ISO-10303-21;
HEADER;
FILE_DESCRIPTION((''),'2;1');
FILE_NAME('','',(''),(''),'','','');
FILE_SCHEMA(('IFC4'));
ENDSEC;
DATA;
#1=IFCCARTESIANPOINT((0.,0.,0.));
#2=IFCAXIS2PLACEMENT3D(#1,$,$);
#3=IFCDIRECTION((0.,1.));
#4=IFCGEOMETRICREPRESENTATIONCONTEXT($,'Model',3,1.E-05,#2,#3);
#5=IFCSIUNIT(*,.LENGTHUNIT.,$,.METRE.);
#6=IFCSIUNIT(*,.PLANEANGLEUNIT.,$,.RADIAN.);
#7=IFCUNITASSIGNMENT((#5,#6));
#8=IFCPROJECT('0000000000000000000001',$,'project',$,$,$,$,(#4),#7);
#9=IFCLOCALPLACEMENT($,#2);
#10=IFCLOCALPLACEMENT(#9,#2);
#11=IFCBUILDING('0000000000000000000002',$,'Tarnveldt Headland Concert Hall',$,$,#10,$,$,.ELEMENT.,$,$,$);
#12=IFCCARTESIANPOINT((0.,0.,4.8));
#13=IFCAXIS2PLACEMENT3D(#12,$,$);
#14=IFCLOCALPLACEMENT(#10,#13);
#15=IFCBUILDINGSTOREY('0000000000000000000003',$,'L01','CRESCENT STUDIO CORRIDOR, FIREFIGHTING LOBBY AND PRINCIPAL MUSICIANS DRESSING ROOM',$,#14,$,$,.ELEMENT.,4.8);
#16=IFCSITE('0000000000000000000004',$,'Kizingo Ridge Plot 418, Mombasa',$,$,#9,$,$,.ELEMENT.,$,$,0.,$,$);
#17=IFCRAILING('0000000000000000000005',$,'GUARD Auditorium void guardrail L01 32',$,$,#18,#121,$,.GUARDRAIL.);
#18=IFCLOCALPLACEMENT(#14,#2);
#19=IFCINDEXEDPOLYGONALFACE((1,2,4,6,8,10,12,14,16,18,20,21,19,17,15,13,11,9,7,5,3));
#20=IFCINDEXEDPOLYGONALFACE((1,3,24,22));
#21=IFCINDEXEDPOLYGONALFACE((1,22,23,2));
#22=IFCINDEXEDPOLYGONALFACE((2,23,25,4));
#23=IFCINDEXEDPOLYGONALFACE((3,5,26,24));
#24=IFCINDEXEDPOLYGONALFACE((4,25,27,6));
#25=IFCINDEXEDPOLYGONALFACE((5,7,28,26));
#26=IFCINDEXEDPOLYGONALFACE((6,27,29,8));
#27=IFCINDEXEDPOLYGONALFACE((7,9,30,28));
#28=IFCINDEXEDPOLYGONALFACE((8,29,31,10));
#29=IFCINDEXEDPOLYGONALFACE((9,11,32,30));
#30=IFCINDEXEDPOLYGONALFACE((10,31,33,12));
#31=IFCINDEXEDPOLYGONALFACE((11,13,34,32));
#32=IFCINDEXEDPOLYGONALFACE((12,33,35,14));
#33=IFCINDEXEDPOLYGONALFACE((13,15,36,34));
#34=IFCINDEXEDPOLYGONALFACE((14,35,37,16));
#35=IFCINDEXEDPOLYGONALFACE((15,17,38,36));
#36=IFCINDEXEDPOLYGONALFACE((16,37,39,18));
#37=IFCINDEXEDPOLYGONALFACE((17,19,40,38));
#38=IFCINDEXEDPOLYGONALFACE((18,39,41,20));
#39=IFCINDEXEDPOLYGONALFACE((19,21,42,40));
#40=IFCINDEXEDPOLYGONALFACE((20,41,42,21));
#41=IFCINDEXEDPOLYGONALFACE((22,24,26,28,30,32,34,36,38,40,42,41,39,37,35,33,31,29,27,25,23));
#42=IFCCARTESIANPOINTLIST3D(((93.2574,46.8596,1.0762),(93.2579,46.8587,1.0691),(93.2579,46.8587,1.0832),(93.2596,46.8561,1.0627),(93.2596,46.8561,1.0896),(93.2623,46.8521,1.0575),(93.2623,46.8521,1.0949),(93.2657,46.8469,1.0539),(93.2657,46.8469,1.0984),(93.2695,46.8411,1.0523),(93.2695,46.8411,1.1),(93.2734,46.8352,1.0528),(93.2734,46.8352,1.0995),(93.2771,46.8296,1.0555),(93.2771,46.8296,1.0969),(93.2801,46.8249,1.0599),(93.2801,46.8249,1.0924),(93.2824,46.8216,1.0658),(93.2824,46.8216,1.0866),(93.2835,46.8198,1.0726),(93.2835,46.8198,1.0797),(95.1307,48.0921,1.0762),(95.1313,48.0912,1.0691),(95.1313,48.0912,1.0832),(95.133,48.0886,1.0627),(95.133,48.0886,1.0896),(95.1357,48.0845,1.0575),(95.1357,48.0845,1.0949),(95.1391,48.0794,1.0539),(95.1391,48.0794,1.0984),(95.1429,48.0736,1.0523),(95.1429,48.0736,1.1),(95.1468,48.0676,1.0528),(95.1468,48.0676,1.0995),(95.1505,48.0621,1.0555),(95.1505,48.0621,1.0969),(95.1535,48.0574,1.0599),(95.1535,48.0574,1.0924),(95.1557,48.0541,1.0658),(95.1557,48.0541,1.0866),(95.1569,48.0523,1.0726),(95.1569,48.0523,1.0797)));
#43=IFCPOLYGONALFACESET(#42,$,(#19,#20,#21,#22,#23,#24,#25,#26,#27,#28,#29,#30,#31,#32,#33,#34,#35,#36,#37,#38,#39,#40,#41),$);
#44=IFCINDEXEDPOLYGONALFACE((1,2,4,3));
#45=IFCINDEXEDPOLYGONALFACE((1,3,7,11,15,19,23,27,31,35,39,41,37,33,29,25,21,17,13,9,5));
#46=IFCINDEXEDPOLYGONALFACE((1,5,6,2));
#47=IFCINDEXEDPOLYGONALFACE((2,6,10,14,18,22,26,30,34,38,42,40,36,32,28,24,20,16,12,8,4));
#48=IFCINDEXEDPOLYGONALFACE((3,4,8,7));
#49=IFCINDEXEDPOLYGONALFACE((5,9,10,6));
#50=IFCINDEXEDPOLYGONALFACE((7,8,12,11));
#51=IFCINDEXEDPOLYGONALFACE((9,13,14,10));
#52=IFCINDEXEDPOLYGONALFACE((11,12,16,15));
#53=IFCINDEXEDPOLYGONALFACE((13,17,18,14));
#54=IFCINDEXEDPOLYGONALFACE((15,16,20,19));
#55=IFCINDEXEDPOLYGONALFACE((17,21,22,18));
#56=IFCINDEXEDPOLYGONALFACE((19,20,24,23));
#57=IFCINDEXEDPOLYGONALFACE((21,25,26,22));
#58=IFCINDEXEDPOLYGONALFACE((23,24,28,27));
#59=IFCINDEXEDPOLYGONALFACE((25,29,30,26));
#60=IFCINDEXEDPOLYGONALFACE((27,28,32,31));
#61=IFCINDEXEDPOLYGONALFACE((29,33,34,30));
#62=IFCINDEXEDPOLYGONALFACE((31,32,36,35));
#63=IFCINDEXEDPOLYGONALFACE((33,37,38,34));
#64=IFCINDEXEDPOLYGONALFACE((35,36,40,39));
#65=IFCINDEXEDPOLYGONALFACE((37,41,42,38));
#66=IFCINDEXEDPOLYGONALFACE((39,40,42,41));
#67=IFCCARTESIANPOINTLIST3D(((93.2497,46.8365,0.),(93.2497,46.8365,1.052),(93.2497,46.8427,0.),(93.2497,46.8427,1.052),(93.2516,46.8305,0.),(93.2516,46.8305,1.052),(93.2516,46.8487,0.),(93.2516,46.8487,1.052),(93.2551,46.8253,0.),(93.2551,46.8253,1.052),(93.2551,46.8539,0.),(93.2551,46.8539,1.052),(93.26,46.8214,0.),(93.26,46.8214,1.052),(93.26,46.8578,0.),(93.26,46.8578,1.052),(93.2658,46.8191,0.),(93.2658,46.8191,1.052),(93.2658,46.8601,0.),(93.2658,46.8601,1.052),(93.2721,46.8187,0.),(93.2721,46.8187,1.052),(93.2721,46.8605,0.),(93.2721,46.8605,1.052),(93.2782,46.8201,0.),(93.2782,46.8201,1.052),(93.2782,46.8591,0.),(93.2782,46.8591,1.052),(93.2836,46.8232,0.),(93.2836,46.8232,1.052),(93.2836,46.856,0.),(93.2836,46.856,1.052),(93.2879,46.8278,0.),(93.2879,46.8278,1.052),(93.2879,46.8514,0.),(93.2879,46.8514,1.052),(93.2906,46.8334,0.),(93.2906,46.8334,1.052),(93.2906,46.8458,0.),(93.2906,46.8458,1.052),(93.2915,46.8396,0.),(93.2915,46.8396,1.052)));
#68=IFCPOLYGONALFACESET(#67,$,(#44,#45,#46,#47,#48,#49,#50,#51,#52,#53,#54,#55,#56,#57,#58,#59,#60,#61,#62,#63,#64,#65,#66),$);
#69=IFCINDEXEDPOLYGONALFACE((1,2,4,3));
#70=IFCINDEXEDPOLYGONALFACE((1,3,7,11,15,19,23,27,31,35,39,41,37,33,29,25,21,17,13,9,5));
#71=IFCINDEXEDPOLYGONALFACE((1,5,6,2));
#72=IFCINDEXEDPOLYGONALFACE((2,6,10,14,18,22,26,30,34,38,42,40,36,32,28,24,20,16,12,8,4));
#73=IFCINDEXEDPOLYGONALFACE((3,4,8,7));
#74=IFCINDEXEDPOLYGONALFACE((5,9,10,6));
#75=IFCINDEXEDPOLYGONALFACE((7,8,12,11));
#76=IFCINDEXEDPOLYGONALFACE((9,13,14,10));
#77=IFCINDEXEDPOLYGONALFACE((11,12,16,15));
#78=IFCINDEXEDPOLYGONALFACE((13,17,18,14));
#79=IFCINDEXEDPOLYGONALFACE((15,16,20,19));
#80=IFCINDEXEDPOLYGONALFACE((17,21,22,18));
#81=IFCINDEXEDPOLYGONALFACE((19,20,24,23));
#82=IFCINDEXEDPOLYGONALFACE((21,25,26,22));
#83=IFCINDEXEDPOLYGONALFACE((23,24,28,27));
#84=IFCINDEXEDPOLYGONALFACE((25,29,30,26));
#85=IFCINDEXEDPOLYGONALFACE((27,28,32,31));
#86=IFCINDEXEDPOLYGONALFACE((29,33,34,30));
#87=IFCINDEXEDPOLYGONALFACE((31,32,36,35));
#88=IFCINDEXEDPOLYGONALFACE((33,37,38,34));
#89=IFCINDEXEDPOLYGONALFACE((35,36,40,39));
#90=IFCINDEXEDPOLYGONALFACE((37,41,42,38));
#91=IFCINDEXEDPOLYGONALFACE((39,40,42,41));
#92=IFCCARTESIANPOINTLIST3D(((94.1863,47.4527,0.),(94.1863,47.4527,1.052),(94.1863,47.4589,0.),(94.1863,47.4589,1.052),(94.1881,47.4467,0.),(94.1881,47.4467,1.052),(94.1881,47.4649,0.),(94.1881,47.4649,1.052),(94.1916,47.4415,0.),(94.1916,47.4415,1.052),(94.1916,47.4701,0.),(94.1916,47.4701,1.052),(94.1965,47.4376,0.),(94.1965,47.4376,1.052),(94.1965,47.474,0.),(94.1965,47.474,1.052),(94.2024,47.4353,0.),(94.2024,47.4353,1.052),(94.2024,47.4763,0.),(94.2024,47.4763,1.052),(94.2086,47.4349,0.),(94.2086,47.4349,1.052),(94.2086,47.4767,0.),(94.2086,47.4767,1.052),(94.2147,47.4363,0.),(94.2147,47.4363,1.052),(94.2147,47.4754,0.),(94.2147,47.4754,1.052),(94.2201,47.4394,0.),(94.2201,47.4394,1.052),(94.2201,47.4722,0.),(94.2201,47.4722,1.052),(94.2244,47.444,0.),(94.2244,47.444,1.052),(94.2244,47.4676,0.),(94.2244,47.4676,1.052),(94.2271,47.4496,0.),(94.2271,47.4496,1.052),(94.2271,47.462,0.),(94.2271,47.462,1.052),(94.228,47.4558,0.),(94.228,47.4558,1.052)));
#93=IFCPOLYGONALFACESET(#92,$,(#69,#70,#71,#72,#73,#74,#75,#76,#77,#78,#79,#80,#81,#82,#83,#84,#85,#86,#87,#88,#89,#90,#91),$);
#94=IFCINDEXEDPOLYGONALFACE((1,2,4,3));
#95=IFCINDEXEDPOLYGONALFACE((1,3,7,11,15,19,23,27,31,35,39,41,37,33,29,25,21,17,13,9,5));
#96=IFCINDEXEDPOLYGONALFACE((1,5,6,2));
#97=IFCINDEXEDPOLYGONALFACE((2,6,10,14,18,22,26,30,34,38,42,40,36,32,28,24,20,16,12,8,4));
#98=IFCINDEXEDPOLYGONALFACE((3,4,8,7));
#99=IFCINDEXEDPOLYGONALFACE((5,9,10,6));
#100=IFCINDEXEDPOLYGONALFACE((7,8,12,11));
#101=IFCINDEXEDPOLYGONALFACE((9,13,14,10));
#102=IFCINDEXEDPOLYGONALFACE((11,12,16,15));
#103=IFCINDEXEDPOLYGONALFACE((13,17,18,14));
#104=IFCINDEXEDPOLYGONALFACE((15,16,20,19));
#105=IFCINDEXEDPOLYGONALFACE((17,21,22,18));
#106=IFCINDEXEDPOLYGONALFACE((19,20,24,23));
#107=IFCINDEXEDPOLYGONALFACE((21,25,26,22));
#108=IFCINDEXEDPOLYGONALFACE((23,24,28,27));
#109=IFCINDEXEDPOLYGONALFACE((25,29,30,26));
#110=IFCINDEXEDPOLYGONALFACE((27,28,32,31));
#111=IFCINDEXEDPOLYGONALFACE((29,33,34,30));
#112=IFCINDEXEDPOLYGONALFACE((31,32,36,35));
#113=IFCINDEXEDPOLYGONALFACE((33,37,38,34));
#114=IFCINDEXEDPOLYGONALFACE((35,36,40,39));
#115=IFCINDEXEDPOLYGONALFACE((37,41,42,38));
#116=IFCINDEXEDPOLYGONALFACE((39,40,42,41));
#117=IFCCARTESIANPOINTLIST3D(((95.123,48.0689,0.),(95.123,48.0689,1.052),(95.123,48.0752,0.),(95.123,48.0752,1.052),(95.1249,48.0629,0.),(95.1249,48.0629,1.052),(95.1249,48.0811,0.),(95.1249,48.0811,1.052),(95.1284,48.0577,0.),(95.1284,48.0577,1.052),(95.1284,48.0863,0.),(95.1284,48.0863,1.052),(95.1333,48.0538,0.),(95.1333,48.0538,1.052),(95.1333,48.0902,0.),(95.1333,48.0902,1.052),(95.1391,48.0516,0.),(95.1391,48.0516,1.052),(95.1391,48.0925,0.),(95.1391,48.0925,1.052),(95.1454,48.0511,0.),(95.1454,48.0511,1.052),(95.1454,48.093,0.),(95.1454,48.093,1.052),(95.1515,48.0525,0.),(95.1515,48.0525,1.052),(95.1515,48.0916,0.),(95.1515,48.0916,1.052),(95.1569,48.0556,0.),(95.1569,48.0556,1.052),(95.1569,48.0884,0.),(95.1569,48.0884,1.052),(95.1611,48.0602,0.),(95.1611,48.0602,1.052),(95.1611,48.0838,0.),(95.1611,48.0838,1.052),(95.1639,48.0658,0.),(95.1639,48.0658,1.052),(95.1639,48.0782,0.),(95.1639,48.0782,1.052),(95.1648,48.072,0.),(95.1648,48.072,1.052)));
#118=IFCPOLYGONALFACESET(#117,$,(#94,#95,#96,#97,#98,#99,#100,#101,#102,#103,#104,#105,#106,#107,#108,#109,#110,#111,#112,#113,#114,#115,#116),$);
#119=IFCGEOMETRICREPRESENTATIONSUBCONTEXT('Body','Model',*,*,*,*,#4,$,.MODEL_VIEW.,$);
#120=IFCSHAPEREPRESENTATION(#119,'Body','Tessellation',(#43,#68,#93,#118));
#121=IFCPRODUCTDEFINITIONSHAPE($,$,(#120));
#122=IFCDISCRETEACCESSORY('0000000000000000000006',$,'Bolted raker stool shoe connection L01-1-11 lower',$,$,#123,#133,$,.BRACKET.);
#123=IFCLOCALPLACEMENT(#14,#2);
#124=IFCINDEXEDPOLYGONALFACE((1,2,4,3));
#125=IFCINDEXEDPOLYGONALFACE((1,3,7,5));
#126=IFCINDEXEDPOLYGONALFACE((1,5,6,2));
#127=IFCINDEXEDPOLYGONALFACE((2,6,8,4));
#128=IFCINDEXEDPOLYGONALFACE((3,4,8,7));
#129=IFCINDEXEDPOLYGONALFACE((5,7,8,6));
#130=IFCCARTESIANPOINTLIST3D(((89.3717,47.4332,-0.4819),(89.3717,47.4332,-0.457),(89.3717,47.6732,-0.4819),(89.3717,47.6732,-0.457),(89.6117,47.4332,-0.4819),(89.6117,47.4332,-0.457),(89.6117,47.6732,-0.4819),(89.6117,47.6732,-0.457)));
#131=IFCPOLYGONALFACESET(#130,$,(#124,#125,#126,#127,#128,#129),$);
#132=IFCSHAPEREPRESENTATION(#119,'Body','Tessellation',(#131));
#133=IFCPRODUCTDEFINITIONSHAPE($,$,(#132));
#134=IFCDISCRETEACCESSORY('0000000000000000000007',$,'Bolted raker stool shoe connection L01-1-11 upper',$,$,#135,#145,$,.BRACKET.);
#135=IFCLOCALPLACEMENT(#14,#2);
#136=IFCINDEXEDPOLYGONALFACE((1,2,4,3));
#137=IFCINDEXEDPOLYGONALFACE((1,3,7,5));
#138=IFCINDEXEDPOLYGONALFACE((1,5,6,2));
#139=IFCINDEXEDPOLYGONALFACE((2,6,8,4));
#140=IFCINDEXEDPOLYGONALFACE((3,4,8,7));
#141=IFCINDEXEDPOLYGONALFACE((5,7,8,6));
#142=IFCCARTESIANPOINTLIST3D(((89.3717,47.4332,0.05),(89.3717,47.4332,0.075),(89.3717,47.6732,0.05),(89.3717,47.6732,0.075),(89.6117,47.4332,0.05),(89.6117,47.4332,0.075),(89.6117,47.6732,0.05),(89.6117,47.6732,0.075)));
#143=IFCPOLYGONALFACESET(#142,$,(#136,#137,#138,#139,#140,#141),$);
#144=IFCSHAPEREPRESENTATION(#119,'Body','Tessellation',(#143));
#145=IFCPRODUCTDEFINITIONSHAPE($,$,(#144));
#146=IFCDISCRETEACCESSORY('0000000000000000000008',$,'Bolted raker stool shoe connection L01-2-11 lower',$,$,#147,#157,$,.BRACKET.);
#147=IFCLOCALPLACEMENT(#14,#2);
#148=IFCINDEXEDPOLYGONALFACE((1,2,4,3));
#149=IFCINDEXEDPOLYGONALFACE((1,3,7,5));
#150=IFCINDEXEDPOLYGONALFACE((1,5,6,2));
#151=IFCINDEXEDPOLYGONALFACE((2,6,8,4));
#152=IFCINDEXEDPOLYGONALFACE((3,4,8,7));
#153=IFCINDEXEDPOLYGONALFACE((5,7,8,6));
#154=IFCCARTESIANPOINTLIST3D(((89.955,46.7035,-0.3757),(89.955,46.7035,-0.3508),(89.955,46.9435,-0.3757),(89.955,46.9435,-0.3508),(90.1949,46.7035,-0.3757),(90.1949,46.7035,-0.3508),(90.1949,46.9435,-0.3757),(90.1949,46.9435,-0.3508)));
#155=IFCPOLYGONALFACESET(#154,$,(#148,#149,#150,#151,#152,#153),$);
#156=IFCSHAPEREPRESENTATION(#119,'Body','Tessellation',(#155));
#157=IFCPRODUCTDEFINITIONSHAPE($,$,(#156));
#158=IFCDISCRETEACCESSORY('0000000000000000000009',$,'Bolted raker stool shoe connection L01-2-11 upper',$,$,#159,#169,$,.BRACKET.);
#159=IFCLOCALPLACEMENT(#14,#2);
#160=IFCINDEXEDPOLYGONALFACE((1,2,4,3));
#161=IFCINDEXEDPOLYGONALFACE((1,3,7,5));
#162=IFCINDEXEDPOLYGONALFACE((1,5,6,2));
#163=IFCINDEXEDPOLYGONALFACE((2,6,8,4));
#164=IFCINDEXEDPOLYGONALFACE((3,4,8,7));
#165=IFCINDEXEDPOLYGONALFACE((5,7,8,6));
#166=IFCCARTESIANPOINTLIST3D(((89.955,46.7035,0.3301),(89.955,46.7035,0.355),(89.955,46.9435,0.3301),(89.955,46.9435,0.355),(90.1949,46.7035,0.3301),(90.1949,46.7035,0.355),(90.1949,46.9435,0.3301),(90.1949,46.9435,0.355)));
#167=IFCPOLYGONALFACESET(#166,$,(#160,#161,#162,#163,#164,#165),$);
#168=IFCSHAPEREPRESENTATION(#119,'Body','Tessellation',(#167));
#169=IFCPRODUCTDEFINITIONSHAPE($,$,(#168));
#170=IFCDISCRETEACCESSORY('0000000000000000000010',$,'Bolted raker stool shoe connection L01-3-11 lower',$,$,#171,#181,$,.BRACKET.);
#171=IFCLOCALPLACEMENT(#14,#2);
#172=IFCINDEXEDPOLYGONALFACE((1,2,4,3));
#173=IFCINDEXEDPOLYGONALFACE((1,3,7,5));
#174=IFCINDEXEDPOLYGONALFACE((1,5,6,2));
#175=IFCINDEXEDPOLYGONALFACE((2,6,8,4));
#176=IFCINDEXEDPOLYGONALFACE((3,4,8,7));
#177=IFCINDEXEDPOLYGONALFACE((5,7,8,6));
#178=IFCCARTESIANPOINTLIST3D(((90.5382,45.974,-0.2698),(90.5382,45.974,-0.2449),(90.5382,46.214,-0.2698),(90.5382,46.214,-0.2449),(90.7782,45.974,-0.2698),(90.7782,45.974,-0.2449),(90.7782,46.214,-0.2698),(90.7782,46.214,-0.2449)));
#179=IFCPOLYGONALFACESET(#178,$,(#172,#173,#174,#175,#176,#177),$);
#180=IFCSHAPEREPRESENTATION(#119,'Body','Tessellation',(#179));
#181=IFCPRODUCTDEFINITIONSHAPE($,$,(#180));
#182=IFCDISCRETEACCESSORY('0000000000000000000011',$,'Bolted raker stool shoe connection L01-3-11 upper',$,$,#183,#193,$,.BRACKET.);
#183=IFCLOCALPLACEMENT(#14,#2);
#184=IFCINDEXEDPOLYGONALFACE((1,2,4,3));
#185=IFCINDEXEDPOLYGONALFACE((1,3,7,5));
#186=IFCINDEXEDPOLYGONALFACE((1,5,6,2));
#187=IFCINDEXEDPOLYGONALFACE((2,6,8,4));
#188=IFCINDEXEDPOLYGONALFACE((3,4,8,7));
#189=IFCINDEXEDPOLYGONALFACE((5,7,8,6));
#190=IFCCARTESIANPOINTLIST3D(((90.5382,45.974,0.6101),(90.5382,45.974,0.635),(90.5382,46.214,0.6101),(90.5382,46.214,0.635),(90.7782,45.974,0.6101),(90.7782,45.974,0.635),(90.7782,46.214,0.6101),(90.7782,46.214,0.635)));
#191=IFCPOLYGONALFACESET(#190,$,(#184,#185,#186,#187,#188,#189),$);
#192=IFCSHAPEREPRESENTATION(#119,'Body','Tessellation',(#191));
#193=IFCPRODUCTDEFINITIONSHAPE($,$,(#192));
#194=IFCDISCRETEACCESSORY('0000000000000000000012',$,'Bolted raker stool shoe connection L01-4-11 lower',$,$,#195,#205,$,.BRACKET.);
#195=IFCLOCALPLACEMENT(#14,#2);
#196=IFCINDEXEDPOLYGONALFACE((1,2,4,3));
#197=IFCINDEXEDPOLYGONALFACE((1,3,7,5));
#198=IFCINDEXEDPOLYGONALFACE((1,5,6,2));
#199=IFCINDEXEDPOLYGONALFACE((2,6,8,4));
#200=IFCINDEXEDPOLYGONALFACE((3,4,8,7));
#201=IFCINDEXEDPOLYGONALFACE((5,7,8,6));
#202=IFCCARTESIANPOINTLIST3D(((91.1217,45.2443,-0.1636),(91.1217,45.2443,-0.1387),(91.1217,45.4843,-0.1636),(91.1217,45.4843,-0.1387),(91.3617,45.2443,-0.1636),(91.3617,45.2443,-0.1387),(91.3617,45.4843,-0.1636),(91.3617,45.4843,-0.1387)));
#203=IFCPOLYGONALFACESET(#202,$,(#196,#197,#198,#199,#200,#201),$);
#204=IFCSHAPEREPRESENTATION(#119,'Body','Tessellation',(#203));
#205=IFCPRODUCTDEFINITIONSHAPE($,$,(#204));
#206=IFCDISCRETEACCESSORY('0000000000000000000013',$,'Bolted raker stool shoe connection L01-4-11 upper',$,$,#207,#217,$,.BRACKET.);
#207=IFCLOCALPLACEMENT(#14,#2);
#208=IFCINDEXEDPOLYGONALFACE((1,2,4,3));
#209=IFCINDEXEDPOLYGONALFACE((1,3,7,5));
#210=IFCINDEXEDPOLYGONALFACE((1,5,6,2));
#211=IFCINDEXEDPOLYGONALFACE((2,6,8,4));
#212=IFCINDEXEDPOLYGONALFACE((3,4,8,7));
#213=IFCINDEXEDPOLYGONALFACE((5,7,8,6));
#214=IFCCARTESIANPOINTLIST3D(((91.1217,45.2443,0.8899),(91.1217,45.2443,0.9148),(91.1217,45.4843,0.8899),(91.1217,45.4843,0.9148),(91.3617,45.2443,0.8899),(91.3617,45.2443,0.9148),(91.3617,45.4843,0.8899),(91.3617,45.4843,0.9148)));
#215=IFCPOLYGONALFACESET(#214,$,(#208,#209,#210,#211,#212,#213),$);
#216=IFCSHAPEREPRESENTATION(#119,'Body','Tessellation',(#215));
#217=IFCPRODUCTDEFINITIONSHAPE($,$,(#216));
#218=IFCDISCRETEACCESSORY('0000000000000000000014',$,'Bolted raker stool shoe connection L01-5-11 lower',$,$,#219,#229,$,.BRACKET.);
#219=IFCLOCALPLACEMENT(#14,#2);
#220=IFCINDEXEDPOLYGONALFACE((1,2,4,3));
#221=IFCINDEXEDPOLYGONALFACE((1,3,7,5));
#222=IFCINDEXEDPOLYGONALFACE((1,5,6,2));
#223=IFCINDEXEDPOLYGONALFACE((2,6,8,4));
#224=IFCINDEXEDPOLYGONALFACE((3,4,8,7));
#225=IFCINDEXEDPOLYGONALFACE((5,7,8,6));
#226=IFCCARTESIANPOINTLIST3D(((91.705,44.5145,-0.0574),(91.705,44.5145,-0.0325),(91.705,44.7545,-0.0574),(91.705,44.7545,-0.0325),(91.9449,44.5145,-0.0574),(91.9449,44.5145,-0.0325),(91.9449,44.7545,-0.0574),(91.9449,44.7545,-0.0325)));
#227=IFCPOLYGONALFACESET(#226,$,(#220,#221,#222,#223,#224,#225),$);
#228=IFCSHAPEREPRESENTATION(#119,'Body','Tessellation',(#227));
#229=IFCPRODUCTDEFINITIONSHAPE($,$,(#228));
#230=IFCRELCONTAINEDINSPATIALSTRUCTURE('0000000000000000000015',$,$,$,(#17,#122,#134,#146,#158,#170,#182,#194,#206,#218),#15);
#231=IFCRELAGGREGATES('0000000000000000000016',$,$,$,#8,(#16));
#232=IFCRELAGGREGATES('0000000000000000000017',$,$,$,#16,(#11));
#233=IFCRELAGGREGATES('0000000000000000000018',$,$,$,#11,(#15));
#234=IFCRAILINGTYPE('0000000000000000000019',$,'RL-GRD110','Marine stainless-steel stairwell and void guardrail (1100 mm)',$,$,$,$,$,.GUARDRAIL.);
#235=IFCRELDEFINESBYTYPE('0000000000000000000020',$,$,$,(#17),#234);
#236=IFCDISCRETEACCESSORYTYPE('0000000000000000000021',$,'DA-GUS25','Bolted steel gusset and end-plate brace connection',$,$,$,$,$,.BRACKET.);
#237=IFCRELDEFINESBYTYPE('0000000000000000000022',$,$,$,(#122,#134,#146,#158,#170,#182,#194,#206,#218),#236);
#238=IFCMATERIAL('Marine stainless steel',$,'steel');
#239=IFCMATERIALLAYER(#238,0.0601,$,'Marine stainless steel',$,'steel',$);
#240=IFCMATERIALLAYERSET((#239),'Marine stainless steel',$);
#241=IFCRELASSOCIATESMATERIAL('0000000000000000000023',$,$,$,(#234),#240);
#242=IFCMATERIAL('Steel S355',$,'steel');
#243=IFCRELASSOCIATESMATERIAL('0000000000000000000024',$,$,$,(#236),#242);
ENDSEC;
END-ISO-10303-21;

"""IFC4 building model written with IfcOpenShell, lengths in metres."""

from ifc_helpers import new_model, si_unit, direction, frame, origin, origin_2d, place, context, subcontext, project, spatial, rectangle, circle, extrude, material, layer, layer_set, type_object, element, save


model = new_model("IFC4")

# Units and contexts
model_context = context("Model", 3, precision=1e-05, world=origin(), true_north=direction((0.0, 1.0)))
body_context = subcontext(model_context, "Body", "Model", "MODEL_VIEW")
ifc_project = project(units=[si_unit("LENGTHUNIT", "METRE"), si_unit("PLANEANGLEUNIT", "RADIAN")], contexts=[model_context])

# Site, building, storey
site_placement = place(None, origin())
site = spatial("IfcSite", under=ifc_project, at=site_placement, Name="Kizingo Ridge Plot 418, Mombasa", CompositionType="ELEMENT", RefElevation=0.0)
building_placement = place(site_placement, origin())
building = spatial("IfcBuilding", under=site, at=building_placement, Name="Tarnveldt Headland Concert Hall", CompositionType="ELEMENT")
storey_placement = place(building_placement, frame((0.0, 0.0, 4.8)))
storey = spatial("IfcBuildingStorey", under=building, at=storey_placement, Name="L01", Description="CRESCENT STUDIO CORRIDOR, FIREFIGHTING LOBBY AND PRINCIPAL MUSICIANS DRESSING ROOM", CompositionType="ELEMENT", Elevation=4.8)

# Shared definitions
ifc_material_1 = material(Name="Steel S355", Category="steel")

# Railing
ifc_material_2 = material(Name="Marine stainless steel", Category="steel")
ifc_layer_1 = layer(ifc_material_2, 0.0601, Name="Marine stainless steel", Category="steel")
ifc_layer_set_1 = layer_set([ifc_layer_1], Name="Marine stainless steel")
railing_type = type_object("IfcRailingType", Name="RL-GRD110", Description="Marine stainless-steel stairwell and void guardrail (1100 mm)", PredefinedType="GUARDRAIL", material=ifc_layer_set_1)
railing_1_placement = place(storey_placement, frame((93.2705, 46.8396, 0.0)))
element("IfcRailing", 1, at=railing_1_placement, inside=storey, type_object=railing_type, Name="GUARD Auditorium void guardrail L01 32", PredefinedType="GUARDRAIL", context=body_context, shape_type="SweptSolid", body=[
    extrude(circle(Radius=0.0239, at=origin_2d()), frame((0.0, 0.0, 1.0762), z_axis=(0.835418, 0.549615, 0.0), x_axis=(-0.549615, 0.835418, 0.0)), (0.0, 0.0, 1.0), 2.2424),
    extrude(circle(Radius=0.021, at=origin_2d()), origin(), (0.0, 0.0, 1.0), 1.052),
    extrude(circle(Radius=0.021, at=origin_2d()), frame((0.9365, 0.6162, 0.0)), (0.0, 0.0, 1.0), 1.052),
    extrude(circle(Radius=0.021, at=origin_2d()), frame((1.8733, 1.2324, 0.0)), (0.0, 0.0, 1.0), 1.052),
])

# Discrete accessories
discrete_accessory_type = type_object("IfcDiscreteAccessoryType", Name="DA-GUS25", Description="Bolted steel gusset and end-plate brace connection", PredefinedType="BRACKET", material=ifc_material_1)
for number, where, z_axis, x_axis, name in (
    (2, (89.4917, 47.5532, -0.4819), (0.0, 0.0, 1.0), (1.0, 0.0, 0.0), "Bolted raker stool shoe connection L01-1-11 lower"),
    (3, (89.4917, 47.5532, 0.05), (0.0, 0.0, 1.0), (1.0, 0.0, 0.0), "Bolted raker stool shoe connection L01-1-11 upper"),
    (4, (90.075, 46.8235, -0.3757), (0.0, 0.0, 1.0), (1.0, 0.0, 0.0), "Bolted raker stool shoe connection L01-2-11 lower"),
    (5, (90.075, 46.8235, 0.3301), (0.0, 0.0, 1.0), (1.0, 0.0, 0.0), "Bolted raker stool shoe connection L01-2-11 upper"),
    (6, (90.6582, 46.094, -0.2698), (0.0, 0.0, 1.0), (1.0, 0.0, 0.0), "Bolted raker stool shoe connection L01-3-11 lower"),
    (7, (90.6582, 46.094, 0.6101), (0.0, 0.0, 1.0), (1.0, 0.0, 0.0), "Bolted raker stool shoe connection L01-3-11 upper"),
    (8, (91.2417, 45.3643, -0.1636), (0.0, 0.0, 1.0), (1.0, 0.0, 0.0), "Bolted raker stool shoe connection L01-4-11 lower"),
    (9, (91.2417, 45.3643, 0.8899), (0.0, 0.0, 1.0), (1.0, 0.0, 0.0), "Bolted raker stool shoe connection L01-4-11 upper"),
    (10, (91.825, 44.6345, -0.0574), (0.0, 0.0, 1.0), (1.0, 0.0, 0.0), "Bolted raker stool shoe connection L01-5-11 lower"),
):
    element("IfcDiscreteAccessory", number, at=place(storey_placement, frame(where, z_axis=z_axis, x_axis=x_axis)), inside=storey, type_object=discrete_accessory_type, Name=name, PredefinedType="BRACKET", context=body_context, shape_type="SweptSolid", body=[
        extrude(rectangle(XDim=0.24, YDim=0.24, at=origin_2d()), origin(), (0.0, 0.0, 1.0), 0.0249),
    ])

save(model, "model.ifc")
